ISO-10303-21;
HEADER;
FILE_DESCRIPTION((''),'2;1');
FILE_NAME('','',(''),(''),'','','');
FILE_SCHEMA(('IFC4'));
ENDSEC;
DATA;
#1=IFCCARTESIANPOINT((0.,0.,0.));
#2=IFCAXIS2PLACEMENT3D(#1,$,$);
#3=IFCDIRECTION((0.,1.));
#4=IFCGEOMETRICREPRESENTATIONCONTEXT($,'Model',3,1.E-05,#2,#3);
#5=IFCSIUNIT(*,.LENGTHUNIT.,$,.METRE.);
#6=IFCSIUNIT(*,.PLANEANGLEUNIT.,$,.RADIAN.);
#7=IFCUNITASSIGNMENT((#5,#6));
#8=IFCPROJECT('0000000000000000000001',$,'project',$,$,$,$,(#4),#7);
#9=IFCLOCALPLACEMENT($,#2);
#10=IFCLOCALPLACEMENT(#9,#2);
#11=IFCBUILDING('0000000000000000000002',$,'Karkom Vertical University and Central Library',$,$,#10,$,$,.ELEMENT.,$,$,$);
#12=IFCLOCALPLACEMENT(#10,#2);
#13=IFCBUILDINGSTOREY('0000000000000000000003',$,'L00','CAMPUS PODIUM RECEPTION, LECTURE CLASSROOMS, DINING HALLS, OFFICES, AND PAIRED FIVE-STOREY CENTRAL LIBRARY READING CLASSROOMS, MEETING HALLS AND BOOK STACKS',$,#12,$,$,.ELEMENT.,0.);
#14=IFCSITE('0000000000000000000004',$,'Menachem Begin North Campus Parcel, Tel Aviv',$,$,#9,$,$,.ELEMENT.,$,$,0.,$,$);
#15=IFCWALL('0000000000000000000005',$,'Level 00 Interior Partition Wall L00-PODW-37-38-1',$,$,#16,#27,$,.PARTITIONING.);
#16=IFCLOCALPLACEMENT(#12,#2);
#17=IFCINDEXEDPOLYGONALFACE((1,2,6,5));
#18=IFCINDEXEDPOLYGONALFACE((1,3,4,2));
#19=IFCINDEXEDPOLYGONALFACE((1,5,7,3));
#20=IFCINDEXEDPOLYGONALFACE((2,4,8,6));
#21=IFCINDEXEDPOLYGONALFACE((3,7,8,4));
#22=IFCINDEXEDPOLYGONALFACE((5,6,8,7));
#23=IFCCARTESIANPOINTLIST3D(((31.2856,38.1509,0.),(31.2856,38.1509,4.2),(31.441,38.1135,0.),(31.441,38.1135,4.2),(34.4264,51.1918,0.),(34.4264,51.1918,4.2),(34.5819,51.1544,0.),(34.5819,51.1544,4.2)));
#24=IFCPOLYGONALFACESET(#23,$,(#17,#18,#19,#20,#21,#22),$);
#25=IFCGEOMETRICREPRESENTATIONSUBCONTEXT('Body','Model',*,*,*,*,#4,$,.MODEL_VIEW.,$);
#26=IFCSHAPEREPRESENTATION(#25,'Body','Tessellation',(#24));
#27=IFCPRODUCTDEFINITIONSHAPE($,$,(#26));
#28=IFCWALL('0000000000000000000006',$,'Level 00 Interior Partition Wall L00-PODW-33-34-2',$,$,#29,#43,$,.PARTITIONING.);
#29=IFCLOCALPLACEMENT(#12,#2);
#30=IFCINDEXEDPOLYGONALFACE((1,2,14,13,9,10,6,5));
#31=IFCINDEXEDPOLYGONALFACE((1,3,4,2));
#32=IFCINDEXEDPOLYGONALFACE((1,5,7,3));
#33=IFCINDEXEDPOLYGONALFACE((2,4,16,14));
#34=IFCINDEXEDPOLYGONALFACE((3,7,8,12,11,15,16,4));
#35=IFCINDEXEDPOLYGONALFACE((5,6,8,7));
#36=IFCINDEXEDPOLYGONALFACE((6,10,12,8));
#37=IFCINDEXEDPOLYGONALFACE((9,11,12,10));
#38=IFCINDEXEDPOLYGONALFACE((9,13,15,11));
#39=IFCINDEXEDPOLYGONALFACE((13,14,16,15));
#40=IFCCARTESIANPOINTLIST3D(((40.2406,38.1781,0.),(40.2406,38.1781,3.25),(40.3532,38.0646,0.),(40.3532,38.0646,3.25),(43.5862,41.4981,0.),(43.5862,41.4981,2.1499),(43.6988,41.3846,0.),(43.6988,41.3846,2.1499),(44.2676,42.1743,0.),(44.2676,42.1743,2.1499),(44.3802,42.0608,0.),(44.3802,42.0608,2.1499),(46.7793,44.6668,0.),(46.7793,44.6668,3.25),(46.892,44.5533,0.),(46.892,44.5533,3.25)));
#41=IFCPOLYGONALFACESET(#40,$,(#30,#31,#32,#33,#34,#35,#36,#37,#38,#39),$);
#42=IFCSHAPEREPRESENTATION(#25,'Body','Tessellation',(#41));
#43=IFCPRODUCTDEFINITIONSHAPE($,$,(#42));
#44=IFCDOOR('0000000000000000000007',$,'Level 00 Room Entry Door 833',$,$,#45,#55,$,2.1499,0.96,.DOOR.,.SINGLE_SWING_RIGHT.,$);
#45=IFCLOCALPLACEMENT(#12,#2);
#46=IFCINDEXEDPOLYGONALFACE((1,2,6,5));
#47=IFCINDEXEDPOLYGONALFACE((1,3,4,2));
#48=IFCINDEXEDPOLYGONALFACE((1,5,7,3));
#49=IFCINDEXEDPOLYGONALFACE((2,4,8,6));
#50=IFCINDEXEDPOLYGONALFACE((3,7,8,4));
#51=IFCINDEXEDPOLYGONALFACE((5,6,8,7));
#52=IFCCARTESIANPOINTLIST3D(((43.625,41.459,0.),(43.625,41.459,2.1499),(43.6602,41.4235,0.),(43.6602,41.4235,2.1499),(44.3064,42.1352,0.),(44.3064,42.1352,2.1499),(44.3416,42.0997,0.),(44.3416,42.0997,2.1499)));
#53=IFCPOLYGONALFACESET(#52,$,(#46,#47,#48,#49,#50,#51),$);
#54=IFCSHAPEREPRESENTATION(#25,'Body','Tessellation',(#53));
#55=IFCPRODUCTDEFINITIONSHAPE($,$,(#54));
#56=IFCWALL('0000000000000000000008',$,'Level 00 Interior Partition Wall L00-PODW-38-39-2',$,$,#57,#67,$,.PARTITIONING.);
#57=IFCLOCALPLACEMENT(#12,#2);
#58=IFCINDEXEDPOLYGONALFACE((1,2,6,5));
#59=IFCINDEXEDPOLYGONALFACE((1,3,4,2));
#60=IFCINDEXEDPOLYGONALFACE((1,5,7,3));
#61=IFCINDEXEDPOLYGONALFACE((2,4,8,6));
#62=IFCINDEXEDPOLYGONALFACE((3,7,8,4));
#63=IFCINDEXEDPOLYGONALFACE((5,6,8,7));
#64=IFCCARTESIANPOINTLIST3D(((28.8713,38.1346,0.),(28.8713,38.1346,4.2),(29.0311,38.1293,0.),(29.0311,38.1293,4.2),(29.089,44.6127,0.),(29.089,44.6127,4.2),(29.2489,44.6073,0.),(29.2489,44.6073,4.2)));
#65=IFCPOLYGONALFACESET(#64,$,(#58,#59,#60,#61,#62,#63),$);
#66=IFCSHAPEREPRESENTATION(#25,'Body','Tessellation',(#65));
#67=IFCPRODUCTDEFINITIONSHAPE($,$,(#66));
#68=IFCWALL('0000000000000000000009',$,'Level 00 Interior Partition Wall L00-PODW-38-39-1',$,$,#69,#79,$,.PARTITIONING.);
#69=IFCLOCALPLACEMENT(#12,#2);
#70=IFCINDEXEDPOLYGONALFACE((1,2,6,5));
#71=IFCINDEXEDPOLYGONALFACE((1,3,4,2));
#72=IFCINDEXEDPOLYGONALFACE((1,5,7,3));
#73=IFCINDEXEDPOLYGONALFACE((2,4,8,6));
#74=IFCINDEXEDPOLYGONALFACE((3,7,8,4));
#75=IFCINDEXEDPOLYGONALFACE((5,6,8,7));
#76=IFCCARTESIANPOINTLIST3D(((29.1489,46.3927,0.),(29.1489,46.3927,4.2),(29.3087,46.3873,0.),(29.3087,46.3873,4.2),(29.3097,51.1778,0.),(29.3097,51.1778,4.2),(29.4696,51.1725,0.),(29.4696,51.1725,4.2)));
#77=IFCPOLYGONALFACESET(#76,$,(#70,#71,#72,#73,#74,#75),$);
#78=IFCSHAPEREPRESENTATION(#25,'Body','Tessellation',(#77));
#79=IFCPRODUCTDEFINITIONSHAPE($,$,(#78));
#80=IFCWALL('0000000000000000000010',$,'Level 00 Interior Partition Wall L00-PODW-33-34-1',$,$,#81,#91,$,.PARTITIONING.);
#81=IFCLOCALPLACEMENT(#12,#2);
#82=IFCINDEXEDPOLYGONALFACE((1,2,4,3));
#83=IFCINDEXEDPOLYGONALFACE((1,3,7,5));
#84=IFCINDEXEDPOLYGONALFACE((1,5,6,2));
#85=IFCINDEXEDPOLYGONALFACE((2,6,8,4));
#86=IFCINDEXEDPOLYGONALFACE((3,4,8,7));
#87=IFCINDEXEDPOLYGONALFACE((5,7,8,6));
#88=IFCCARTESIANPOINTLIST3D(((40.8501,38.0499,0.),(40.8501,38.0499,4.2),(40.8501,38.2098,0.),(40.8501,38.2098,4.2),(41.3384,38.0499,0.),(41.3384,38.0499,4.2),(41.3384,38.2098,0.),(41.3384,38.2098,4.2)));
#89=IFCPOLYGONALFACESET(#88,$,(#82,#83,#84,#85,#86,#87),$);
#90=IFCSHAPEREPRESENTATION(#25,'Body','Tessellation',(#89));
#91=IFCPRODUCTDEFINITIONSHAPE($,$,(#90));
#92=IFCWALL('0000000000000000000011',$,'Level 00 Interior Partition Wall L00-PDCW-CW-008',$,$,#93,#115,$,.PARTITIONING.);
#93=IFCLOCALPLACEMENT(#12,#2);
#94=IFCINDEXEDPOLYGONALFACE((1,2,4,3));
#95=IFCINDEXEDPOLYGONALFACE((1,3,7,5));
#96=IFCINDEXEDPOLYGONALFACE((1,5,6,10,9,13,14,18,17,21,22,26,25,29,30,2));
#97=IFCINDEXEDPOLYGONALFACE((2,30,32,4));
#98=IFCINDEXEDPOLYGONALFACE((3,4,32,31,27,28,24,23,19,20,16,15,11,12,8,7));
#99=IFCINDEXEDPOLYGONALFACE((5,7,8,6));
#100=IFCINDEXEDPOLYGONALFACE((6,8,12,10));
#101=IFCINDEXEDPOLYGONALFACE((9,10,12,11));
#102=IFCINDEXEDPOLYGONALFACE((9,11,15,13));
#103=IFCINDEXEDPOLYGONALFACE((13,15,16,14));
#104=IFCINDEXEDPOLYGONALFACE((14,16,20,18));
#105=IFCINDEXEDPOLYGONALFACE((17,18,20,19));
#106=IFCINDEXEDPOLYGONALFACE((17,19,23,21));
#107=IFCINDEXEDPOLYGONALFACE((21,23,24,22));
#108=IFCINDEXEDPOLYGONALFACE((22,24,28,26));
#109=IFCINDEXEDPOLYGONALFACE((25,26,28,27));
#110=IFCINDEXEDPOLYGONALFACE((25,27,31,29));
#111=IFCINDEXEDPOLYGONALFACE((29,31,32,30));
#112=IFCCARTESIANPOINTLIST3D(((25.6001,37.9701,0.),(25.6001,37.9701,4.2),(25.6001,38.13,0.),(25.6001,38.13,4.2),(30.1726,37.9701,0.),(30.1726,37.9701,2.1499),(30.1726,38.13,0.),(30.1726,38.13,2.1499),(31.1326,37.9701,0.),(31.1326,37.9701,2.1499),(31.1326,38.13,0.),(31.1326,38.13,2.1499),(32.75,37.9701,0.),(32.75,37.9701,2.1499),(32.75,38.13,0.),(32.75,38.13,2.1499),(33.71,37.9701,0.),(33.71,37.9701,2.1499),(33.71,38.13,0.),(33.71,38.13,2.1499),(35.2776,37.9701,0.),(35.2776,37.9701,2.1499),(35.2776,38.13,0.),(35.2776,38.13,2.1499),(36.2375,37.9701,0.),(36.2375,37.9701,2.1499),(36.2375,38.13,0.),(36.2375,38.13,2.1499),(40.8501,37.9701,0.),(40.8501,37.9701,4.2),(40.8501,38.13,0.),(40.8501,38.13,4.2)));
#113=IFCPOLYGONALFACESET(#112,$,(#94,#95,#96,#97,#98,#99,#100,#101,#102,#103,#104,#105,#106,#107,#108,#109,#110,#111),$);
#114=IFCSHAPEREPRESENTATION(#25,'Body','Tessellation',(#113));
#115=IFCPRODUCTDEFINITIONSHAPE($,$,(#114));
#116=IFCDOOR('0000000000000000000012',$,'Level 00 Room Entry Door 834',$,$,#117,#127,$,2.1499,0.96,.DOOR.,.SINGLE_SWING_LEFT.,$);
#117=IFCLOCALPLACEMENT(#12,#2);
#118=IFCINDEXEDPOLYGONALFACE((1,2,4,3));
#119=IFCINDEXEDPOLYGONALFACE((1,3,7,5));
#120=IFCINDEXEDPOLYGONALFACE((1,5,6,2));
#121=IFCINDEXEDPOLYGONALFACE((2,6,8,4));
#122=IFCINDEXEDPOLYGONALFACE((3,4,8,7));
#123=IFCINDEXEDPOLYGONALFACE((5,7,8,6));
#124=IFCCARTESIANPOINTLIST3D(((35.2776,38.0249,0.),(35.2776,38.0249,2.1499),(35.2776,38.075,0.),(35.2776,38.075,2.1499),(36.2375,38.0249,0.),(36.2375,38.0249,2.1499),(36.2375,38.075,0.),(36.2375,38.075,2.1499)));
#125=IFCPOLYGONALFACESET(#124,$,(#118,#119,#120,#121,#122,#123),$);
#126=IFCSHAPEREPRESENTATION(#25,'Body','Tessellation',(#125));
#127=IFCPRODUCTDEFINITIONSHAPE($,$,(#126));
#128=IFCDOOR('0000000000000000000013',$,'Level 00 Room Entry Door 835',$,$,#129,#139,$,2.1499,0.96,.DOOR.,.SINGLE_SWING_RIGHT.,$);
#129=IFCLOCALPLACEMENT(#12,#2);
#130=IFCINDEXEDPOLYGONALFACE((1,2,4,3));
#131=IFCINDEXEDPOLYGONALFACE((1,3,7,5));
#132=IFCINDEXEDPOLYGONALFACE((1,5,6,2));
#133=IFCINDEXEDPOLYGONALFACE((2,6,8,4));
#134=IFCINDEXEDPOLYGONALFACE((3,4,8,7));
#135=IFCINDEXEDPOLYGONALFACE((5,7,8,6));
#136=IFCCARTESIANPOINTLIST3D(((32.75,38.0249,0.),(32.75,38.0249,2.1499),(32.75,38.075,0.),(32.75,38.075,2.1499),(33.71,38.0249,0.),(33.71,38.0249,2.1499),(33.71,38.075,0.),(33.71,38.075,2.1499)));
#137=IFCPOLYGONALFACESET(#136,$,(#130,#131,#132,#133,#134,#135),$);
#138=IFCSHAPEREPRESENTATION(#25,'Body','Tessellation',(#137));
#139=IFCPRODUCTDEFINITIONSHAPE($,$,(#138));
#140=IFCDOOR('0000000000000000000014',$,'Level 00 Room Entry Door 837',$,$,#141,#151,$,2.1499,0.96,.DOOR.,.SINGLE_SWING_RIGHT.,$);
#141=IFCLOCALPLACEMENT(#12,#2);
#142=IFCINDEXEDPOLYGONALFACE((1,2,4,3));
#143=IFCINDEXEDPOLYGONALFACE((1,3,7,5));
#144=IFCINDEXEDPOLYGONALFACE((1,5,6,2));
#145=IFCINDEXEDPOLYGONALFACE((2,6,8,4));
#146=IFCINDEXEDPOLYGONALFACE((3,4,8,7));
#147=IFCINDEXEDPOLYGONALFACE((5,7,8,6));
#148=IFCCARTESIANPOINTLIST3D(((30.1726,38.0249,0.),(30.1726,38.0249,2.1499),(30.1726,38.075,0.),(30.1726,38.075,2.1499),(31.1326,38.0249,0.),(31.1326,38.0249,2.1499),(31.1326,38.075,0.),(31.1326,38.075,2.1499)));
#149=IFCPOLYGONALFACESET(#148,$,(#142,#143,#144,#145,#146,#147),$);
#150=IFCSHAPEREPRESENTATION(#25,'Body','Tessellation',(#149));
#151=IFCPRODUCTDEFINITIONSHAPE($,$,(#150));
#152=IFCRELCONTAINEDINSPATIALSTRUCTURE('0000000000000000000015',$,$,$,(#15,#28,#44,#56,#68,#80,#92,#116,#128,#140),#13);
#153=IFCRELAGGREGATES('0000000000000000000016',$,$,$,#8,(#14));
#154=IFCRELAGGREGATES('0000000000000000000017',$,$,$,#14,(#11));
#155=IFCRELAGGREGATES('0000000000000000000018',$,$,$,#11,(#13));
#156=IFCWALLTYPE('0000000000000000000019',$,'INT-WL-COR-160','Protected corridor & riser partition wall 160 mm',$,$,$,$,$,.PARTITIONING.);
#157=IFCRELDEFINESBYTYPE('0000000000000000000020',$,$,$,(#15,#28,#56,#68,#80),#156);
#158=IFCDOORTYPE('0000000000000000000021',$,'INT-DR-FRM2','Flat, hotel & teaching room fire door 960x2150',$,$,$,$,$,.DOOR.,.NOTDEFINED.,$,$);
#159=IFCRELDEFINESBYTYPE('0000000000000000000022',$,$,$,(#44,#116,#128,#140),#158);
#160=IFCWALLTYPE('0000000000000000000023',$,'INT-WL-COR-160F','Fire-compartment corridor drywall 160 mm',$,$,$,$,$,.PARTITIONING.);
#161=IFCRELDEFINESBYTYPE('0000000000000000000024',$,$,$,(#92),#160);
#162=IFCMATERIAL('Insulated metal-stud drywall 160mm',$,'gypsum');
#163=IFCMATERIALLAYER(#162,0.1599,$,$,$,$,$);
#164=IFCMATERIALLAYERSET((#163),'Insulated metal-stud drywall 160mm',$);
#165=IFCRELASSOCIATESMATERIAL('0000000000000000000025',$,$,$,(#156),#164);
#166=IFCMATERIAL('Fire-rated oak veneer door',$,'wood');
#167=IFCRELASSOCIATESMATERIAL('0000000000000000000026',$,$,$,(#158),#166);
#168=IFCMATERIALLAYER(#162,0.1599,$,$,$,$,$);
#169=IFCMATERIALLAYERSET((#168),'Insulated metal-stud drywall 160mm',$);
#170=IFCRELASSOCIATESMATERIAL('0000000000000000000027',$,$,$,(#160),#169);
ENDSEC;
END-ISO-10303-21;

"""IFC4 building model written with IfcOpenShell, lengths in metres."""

from ifc_helpers import new_model, si_unit, direction, frame, frame_2d, origin, origin_with_axes, place, context, subcontext, project, spatial, rectangle, extrude, source, transform, mapped, material, layer, layer_set, type_object, element, fill, save


model = new_model("IFC4")

# Units and contexts
model_context = context("Model", 3, precision=1e-05, world=origin(), true_north=direction((0.0, 1.0)))
body_context = subcontext(model_context, "Body", "Model", "MODEL_VIEW")
ifc_project = project(units=[si_unit("LENGTHUNIT", "METRE"), si_unit("PLANEANGLEUNIT", "RADIAN")], contexts=[model_context])

# Site, building, storey
site_placement = place(None, origin())
site = spatial("IfcSite", under=ifc_project, at=site_placement, Name="Menachem Begin North Campus Parcel, Tel Aviv", CompositionType="ELEMENT", RefElevation=0.0)
building_placement = place(site_placement, origin())
building = spatial("IfcBuilding", under=site, at=building_placement, Name="Karkom Vertical University and Central Library", CompositionType="ELEMENT")
storey_placement = place(building_placement, origin())
storey = spatial("IfcBuildingStorey", under=building, at=storey_placement, Name="L00", Description="CAMPUS PODIUM RECEPTION, LECTURE CLASSROOMS, DINING HALLS, OFFICES, AND PAIRED FIVE-STOREY CENTRAL LIBRARY READING CLASSROOMS, MEETING HALLS AND BOOK STACKS", CompositionType="ELEMENT", Elevation=0.0)

# Shared definitions
ifc_material_1 = material(Name="Insulated metal-stud drywall 160mm", Category="gypsum")
ifc_layer_1 = layer(ifc_material_1, 0.1599)
ifc_layer_set_1 = layer_set([ifc_layer_1], Name="Insulated metal-stud drywall 160mm")
wall_type_1 = type_object("IfcWallType", Name="INT-WL-COR-160", Description="Protected corridor & riser partition wall 160 mm", PredefinedType="PARTITIONING", material=ifc_layer_set_1)
ifc_material_2 = material(Name="Fire-rated oak veneer door", Category="wood")
door_type = type_object("IfcDoorType", Name="INT-DR-FRM2", Description="Flat, hotel & teaching room fire door 960x2150", OperationType="NOTDEFINED", PredefinedType="DOOR", material=ifc_material_2)
shared_shape_1 = source(origin_with_axes(), body_context, "Body", "SweptSolid", [
    extrude(rectangle(XDim=0.96, YDim=2.1499, at=frame_2d((0.48, 1.075))), frame((0.0, 0.0249, 0.0), z_axis=(0.0, -1.0, 0.0), x_axis=(1.0, 0.0, 0.0)), (0.0, 0.0, 1.0), 0.05),
])

# Wall
wall_1_placement = place(storey_placement, frame((31.3633, 38.1321, 0.0), z_axis=(0.0, 0.0, 1.0), x_axis=(0.23415, 0.9722, 0.0)))
element("IfcWall", 1, at=wall_1_placement, inside=storey, type_object=wall_type_1, Name="Level 00 Interior Partition Wall L00-PODW-37-38-1", PredefinedType="PARTITIONING", context=body_context, shape_type="SweptSolid", body=[
    extrude(rectangle(XDim=13.4138, YDim=0.1599, at=frame_2d((6.707, 0.0))), origin(), (0.0, 0.0, 1.0), 4.2),
])

# Wall, opening, door
wall_2_placement = place(storey_placement, frame((40.2969, 38.1213, 0.0), z_axis=(0.0, 0.0, 1.0), x_axis=(0.709818, 0.704385, 0.0)))
wall_2 = element("IfcWall", 2, at=wall_2_placement, inside=storey, type_object=wall_type_1, Name="Level 00 Interior Partition Wall L00-PODW-33-34-2", PredefinedType="PARTITIONING", context=body_context, shape_type="SweptSolid", body=[
    extrude(rectangle(XDim=9.2119, YDim=0.1599, at=frame_2d((4.606, 0.0))), origin(), (0.0, 0.0, 1.0), 3.25),
])
opening_1_placement = place(wall_2_placement, frame((4.7134, 0.0, 0.0)))
opening_1 = element("IfcOpeningElement", 3, at=opening_1_placement, cuts=wall_2, PredefinedType="OPENING", context=body_context, shape_type="SweptSolid", body=[
    extrude(rectangle(XDim=0.96, YDim=2.1499, at=frame_2d((0.48, 1.075))), frame((0.0, 0.0898, 0.0), z_axis=(0.0, -1.0, 0.0), x_axis=(1.0, 0.0, 0.0)), (0.0, 0.0, 1.0), 0.1799),
])
door_1_placement = place(opening_1_placement, origin())
door_1 = element("IfcDoor", 4, at=door_1_placement, inside=storey, type_object=door_type, Name="Level 00 Room Entry Door 833", OperationType="SINGLE_SWING_RIGHT", OverallHeight=2.1499, OverallWidth=0.96, PredefinedType="DOOR", context=body_context, shape_type="MappedRepresentation", body=[
    mapped(shared_shape_1, transform((0.0, 0.0, 0.0), scale=1.0)),
])
fill(opening_1, door_1)

# Walls
wall_3_placement = place(storey_placement, frame((28.9512, 38.1321, 0.0), z_axis=(0.0, 0.0, 1.0), x_axis=(0.033598, 0.999435, 0.0)))
element("IfcWall", 5, at=wall_3_placement, inside=storey, type_object=wall_type_1, Name="Level 00 Interior Partition Wall L00-PODW-38-39-2", PredefinedType="PARTITIONING", context=body_context, shape_type="SweptSolid", body=[
    extrude(rectangle(XDim=6.4817, YDim=0.1599, at=frame_2d((3.2407, 0.0))), origin(), (0.0, 0.0, 1.0), 4.2),
])
wall_4_placement = place(storey_placement, frame((29.2288, 46.3899, 0.0), z_axis=(0.0, 0.0, 1.0), x_axis=(0.033603, 0.999435, 0.0)))
element("IfcWall", 6, at=wall_4_placement, inside=storey, type_object=wall_type_1, Name="Level 00 Interior Partition Wall L00-PODW-38-39-1", PredefinedType="PARTITIONING", context=body_context, shape_type="SweptSolid", body=[
    extrude(rectangle(XDim=4.7878, YDim=0.1599, at=frame_2d((2.394, 0.0))), origin(), (0.0, 0.0, 1.0), 4.2),
])
wall_5_placement = place(storey_placement, frame((41.3384, 38.1299, 0.0), z_axis=(0.0, 0.0, 1.0), x_axis=(-1.0, 0.0, 0.0)))
element("IfcWall", 7, at=wall_5_placement, inside=storey, type_object=wall_type_1, Name="Level 00 Interior Partition Wall L00-PODW-33-34-1", PredefinedType="PARTITIONING", context=body_context, shape_type="SweptSolid", body=[
    extrude(rectangle(XDim=0.4883, YDim=0.1599, at=frame_2d((0.2441, 0.0))), origin(), (0.0, 0.0, 1.0), 4.2),
])

# Wall, openings, doors
ifc_layer_2 = layer(ifc_material_1, 0.1599)
ifc_layer_set_2 = layer_set([ifc_layer_2], Name="Insulated metal-stud drywall 160mm")
wall_type_2 = type_object("IfcWallType", Name="INT-WL-COR-160F", Description="Fire-compartment corridor drywall 160 mm", PredefinedType="PARTITIONING", material=ifc_layer_set_2)
wall_6_placement = place(storey_placement, frame((25.6001, 38.05, 0.0), z_axis=(0.0, 0.0, 1.0), x_axis=(1.0, 0.0, 0.0)))
wall_6 = element("IfcWall", 8, at=wall_6_placement, inside=storey, type_object=wall_type_2, Name="Level 00 Interior Partition Wall L00-PDCW-CW-008", PredefinedType="PARTITIONING", context=body_context, shape_type="SweptSolid", body=[
    extrude(rectangle(XDim=15.25, YDim=0.1599, at=frame_2d((7.625, 0.0))), origin(), (0.0, 0.0, 1.0), 4.2),
])
opening_2_placement = place(wall_6_placement, frame((9.6775, 0.0, 0.0)))
opening_2 = element("IfcOpeningElement", 9, at=opening_2_placement, cuts=wall_6, PredefinedType="OPENING", context=body_context, shape_type="SweptSolid", body=[
    extrude(rectangle(XDim=0.96, YDim=2.1499, at=frame_2d((0.48, 1.075))), frame((0.0, 0.0898, 0.0), z_axis=(0.0, -1.0, 0.0), x_axis=(1.0, 0.0, 0.0)), (0.0, 0.0, 1.0), 0.1799),
])
opening_3_placement = place(wall_6_placement, frame((7.1499, 0.0, 0.0)))
opening_3 = element("IfcOpeningElement", 10, at=opening_3_placement, cuts=wall_6, PredefinedType="OPENING", context=body_context, shape_type="SweptSolid", body=[
    extrude(rectangle(XDim=0.96, YDim=2.1499, at=frame_2d((0.48, 1.075))), frame((0.0, 0.0898, 0.0), z_axis=(0.0, -1.0, 0.0), x_axis=(1.0, 0.0, 0.0)), (0.0, 0.0, 1.0), 0.1799),
])
opening_4_placement = place(wall_6_placement, frame((4.5725, 0.0, 0.0)))
opening_4 = element("IfcOpeningElement", 11, at=opening_4_placement, cuts=wall_6, PredefinedType="OPENING", context=body_context, shape_type="SweptSolid", body=[
    extrude(rectangle(XDim=0.96, YDim=2.1499, at=frame_2d((0.48, 1.075))), frame((0.0, 0.0898, 0.0), z_axis=(0.0, -1.0, 0.0), x_axis=(1.0, 0.0, 0.0)), (0.0, 0.0, 1.0), 0.1799),
])
door_2_placement = place(opening_2_placement, origin())
door_2 = element("IfcDoor", 12, at=door_2_placement, inside=storey, type_object=door_type, Name="Level 00 Room Entry Door 834", OperationType="SINGLE_SWING_LEFT", OverallHeight=2.1499, OverallWidth=0.96, PredefinedType="DOOR", context=body_context, shape_type="MappedRepresentation", body=[
    mapped(shared_shape_1, transform((0.0, 0.0, 0.0), scale=1.0)),
])
fill(opening_2, door_2)
door_3_placement = place(opening_3_placement, origin())
door_3 = element("IfcDoor", 13, at=door_3_placement, inside=storey, type_object=door_type, Name="Level 00 Room Entry Door 835", OperationType="SINGLE_SWING_RIGHT", OverallHeight=2.1499, OverallWidth=0.96, PredefinedType="DOOR", context=body_context, shape_type="MappedRepresentation", body=[
    mapped(shared_shape_1, transform((0.0, 0.0, 0.0), scale=1.0)),
])
fill(opening_3, door_3)
door_4_placement = place(opening_4_placement, origin())
door_4 = element("IfcDoor", 14, at=door_4_placement, inside=storey, type_object=door_type, Name="Level 00 Room Entry Door 837", OperationType="SINGLE_SWING_RIGHT", OverallHeight=2.1499, OverallWidth=0.96, PredefinedType="DOOR", context=body_context, shape_type="MappedRepresentation", body=[
    mapped(shared_shape_1, transform((0.0, 0.0, 0.0), scale=1.0)),
])
fill(opening_4, door_4)

save(model, "model.ifc")
